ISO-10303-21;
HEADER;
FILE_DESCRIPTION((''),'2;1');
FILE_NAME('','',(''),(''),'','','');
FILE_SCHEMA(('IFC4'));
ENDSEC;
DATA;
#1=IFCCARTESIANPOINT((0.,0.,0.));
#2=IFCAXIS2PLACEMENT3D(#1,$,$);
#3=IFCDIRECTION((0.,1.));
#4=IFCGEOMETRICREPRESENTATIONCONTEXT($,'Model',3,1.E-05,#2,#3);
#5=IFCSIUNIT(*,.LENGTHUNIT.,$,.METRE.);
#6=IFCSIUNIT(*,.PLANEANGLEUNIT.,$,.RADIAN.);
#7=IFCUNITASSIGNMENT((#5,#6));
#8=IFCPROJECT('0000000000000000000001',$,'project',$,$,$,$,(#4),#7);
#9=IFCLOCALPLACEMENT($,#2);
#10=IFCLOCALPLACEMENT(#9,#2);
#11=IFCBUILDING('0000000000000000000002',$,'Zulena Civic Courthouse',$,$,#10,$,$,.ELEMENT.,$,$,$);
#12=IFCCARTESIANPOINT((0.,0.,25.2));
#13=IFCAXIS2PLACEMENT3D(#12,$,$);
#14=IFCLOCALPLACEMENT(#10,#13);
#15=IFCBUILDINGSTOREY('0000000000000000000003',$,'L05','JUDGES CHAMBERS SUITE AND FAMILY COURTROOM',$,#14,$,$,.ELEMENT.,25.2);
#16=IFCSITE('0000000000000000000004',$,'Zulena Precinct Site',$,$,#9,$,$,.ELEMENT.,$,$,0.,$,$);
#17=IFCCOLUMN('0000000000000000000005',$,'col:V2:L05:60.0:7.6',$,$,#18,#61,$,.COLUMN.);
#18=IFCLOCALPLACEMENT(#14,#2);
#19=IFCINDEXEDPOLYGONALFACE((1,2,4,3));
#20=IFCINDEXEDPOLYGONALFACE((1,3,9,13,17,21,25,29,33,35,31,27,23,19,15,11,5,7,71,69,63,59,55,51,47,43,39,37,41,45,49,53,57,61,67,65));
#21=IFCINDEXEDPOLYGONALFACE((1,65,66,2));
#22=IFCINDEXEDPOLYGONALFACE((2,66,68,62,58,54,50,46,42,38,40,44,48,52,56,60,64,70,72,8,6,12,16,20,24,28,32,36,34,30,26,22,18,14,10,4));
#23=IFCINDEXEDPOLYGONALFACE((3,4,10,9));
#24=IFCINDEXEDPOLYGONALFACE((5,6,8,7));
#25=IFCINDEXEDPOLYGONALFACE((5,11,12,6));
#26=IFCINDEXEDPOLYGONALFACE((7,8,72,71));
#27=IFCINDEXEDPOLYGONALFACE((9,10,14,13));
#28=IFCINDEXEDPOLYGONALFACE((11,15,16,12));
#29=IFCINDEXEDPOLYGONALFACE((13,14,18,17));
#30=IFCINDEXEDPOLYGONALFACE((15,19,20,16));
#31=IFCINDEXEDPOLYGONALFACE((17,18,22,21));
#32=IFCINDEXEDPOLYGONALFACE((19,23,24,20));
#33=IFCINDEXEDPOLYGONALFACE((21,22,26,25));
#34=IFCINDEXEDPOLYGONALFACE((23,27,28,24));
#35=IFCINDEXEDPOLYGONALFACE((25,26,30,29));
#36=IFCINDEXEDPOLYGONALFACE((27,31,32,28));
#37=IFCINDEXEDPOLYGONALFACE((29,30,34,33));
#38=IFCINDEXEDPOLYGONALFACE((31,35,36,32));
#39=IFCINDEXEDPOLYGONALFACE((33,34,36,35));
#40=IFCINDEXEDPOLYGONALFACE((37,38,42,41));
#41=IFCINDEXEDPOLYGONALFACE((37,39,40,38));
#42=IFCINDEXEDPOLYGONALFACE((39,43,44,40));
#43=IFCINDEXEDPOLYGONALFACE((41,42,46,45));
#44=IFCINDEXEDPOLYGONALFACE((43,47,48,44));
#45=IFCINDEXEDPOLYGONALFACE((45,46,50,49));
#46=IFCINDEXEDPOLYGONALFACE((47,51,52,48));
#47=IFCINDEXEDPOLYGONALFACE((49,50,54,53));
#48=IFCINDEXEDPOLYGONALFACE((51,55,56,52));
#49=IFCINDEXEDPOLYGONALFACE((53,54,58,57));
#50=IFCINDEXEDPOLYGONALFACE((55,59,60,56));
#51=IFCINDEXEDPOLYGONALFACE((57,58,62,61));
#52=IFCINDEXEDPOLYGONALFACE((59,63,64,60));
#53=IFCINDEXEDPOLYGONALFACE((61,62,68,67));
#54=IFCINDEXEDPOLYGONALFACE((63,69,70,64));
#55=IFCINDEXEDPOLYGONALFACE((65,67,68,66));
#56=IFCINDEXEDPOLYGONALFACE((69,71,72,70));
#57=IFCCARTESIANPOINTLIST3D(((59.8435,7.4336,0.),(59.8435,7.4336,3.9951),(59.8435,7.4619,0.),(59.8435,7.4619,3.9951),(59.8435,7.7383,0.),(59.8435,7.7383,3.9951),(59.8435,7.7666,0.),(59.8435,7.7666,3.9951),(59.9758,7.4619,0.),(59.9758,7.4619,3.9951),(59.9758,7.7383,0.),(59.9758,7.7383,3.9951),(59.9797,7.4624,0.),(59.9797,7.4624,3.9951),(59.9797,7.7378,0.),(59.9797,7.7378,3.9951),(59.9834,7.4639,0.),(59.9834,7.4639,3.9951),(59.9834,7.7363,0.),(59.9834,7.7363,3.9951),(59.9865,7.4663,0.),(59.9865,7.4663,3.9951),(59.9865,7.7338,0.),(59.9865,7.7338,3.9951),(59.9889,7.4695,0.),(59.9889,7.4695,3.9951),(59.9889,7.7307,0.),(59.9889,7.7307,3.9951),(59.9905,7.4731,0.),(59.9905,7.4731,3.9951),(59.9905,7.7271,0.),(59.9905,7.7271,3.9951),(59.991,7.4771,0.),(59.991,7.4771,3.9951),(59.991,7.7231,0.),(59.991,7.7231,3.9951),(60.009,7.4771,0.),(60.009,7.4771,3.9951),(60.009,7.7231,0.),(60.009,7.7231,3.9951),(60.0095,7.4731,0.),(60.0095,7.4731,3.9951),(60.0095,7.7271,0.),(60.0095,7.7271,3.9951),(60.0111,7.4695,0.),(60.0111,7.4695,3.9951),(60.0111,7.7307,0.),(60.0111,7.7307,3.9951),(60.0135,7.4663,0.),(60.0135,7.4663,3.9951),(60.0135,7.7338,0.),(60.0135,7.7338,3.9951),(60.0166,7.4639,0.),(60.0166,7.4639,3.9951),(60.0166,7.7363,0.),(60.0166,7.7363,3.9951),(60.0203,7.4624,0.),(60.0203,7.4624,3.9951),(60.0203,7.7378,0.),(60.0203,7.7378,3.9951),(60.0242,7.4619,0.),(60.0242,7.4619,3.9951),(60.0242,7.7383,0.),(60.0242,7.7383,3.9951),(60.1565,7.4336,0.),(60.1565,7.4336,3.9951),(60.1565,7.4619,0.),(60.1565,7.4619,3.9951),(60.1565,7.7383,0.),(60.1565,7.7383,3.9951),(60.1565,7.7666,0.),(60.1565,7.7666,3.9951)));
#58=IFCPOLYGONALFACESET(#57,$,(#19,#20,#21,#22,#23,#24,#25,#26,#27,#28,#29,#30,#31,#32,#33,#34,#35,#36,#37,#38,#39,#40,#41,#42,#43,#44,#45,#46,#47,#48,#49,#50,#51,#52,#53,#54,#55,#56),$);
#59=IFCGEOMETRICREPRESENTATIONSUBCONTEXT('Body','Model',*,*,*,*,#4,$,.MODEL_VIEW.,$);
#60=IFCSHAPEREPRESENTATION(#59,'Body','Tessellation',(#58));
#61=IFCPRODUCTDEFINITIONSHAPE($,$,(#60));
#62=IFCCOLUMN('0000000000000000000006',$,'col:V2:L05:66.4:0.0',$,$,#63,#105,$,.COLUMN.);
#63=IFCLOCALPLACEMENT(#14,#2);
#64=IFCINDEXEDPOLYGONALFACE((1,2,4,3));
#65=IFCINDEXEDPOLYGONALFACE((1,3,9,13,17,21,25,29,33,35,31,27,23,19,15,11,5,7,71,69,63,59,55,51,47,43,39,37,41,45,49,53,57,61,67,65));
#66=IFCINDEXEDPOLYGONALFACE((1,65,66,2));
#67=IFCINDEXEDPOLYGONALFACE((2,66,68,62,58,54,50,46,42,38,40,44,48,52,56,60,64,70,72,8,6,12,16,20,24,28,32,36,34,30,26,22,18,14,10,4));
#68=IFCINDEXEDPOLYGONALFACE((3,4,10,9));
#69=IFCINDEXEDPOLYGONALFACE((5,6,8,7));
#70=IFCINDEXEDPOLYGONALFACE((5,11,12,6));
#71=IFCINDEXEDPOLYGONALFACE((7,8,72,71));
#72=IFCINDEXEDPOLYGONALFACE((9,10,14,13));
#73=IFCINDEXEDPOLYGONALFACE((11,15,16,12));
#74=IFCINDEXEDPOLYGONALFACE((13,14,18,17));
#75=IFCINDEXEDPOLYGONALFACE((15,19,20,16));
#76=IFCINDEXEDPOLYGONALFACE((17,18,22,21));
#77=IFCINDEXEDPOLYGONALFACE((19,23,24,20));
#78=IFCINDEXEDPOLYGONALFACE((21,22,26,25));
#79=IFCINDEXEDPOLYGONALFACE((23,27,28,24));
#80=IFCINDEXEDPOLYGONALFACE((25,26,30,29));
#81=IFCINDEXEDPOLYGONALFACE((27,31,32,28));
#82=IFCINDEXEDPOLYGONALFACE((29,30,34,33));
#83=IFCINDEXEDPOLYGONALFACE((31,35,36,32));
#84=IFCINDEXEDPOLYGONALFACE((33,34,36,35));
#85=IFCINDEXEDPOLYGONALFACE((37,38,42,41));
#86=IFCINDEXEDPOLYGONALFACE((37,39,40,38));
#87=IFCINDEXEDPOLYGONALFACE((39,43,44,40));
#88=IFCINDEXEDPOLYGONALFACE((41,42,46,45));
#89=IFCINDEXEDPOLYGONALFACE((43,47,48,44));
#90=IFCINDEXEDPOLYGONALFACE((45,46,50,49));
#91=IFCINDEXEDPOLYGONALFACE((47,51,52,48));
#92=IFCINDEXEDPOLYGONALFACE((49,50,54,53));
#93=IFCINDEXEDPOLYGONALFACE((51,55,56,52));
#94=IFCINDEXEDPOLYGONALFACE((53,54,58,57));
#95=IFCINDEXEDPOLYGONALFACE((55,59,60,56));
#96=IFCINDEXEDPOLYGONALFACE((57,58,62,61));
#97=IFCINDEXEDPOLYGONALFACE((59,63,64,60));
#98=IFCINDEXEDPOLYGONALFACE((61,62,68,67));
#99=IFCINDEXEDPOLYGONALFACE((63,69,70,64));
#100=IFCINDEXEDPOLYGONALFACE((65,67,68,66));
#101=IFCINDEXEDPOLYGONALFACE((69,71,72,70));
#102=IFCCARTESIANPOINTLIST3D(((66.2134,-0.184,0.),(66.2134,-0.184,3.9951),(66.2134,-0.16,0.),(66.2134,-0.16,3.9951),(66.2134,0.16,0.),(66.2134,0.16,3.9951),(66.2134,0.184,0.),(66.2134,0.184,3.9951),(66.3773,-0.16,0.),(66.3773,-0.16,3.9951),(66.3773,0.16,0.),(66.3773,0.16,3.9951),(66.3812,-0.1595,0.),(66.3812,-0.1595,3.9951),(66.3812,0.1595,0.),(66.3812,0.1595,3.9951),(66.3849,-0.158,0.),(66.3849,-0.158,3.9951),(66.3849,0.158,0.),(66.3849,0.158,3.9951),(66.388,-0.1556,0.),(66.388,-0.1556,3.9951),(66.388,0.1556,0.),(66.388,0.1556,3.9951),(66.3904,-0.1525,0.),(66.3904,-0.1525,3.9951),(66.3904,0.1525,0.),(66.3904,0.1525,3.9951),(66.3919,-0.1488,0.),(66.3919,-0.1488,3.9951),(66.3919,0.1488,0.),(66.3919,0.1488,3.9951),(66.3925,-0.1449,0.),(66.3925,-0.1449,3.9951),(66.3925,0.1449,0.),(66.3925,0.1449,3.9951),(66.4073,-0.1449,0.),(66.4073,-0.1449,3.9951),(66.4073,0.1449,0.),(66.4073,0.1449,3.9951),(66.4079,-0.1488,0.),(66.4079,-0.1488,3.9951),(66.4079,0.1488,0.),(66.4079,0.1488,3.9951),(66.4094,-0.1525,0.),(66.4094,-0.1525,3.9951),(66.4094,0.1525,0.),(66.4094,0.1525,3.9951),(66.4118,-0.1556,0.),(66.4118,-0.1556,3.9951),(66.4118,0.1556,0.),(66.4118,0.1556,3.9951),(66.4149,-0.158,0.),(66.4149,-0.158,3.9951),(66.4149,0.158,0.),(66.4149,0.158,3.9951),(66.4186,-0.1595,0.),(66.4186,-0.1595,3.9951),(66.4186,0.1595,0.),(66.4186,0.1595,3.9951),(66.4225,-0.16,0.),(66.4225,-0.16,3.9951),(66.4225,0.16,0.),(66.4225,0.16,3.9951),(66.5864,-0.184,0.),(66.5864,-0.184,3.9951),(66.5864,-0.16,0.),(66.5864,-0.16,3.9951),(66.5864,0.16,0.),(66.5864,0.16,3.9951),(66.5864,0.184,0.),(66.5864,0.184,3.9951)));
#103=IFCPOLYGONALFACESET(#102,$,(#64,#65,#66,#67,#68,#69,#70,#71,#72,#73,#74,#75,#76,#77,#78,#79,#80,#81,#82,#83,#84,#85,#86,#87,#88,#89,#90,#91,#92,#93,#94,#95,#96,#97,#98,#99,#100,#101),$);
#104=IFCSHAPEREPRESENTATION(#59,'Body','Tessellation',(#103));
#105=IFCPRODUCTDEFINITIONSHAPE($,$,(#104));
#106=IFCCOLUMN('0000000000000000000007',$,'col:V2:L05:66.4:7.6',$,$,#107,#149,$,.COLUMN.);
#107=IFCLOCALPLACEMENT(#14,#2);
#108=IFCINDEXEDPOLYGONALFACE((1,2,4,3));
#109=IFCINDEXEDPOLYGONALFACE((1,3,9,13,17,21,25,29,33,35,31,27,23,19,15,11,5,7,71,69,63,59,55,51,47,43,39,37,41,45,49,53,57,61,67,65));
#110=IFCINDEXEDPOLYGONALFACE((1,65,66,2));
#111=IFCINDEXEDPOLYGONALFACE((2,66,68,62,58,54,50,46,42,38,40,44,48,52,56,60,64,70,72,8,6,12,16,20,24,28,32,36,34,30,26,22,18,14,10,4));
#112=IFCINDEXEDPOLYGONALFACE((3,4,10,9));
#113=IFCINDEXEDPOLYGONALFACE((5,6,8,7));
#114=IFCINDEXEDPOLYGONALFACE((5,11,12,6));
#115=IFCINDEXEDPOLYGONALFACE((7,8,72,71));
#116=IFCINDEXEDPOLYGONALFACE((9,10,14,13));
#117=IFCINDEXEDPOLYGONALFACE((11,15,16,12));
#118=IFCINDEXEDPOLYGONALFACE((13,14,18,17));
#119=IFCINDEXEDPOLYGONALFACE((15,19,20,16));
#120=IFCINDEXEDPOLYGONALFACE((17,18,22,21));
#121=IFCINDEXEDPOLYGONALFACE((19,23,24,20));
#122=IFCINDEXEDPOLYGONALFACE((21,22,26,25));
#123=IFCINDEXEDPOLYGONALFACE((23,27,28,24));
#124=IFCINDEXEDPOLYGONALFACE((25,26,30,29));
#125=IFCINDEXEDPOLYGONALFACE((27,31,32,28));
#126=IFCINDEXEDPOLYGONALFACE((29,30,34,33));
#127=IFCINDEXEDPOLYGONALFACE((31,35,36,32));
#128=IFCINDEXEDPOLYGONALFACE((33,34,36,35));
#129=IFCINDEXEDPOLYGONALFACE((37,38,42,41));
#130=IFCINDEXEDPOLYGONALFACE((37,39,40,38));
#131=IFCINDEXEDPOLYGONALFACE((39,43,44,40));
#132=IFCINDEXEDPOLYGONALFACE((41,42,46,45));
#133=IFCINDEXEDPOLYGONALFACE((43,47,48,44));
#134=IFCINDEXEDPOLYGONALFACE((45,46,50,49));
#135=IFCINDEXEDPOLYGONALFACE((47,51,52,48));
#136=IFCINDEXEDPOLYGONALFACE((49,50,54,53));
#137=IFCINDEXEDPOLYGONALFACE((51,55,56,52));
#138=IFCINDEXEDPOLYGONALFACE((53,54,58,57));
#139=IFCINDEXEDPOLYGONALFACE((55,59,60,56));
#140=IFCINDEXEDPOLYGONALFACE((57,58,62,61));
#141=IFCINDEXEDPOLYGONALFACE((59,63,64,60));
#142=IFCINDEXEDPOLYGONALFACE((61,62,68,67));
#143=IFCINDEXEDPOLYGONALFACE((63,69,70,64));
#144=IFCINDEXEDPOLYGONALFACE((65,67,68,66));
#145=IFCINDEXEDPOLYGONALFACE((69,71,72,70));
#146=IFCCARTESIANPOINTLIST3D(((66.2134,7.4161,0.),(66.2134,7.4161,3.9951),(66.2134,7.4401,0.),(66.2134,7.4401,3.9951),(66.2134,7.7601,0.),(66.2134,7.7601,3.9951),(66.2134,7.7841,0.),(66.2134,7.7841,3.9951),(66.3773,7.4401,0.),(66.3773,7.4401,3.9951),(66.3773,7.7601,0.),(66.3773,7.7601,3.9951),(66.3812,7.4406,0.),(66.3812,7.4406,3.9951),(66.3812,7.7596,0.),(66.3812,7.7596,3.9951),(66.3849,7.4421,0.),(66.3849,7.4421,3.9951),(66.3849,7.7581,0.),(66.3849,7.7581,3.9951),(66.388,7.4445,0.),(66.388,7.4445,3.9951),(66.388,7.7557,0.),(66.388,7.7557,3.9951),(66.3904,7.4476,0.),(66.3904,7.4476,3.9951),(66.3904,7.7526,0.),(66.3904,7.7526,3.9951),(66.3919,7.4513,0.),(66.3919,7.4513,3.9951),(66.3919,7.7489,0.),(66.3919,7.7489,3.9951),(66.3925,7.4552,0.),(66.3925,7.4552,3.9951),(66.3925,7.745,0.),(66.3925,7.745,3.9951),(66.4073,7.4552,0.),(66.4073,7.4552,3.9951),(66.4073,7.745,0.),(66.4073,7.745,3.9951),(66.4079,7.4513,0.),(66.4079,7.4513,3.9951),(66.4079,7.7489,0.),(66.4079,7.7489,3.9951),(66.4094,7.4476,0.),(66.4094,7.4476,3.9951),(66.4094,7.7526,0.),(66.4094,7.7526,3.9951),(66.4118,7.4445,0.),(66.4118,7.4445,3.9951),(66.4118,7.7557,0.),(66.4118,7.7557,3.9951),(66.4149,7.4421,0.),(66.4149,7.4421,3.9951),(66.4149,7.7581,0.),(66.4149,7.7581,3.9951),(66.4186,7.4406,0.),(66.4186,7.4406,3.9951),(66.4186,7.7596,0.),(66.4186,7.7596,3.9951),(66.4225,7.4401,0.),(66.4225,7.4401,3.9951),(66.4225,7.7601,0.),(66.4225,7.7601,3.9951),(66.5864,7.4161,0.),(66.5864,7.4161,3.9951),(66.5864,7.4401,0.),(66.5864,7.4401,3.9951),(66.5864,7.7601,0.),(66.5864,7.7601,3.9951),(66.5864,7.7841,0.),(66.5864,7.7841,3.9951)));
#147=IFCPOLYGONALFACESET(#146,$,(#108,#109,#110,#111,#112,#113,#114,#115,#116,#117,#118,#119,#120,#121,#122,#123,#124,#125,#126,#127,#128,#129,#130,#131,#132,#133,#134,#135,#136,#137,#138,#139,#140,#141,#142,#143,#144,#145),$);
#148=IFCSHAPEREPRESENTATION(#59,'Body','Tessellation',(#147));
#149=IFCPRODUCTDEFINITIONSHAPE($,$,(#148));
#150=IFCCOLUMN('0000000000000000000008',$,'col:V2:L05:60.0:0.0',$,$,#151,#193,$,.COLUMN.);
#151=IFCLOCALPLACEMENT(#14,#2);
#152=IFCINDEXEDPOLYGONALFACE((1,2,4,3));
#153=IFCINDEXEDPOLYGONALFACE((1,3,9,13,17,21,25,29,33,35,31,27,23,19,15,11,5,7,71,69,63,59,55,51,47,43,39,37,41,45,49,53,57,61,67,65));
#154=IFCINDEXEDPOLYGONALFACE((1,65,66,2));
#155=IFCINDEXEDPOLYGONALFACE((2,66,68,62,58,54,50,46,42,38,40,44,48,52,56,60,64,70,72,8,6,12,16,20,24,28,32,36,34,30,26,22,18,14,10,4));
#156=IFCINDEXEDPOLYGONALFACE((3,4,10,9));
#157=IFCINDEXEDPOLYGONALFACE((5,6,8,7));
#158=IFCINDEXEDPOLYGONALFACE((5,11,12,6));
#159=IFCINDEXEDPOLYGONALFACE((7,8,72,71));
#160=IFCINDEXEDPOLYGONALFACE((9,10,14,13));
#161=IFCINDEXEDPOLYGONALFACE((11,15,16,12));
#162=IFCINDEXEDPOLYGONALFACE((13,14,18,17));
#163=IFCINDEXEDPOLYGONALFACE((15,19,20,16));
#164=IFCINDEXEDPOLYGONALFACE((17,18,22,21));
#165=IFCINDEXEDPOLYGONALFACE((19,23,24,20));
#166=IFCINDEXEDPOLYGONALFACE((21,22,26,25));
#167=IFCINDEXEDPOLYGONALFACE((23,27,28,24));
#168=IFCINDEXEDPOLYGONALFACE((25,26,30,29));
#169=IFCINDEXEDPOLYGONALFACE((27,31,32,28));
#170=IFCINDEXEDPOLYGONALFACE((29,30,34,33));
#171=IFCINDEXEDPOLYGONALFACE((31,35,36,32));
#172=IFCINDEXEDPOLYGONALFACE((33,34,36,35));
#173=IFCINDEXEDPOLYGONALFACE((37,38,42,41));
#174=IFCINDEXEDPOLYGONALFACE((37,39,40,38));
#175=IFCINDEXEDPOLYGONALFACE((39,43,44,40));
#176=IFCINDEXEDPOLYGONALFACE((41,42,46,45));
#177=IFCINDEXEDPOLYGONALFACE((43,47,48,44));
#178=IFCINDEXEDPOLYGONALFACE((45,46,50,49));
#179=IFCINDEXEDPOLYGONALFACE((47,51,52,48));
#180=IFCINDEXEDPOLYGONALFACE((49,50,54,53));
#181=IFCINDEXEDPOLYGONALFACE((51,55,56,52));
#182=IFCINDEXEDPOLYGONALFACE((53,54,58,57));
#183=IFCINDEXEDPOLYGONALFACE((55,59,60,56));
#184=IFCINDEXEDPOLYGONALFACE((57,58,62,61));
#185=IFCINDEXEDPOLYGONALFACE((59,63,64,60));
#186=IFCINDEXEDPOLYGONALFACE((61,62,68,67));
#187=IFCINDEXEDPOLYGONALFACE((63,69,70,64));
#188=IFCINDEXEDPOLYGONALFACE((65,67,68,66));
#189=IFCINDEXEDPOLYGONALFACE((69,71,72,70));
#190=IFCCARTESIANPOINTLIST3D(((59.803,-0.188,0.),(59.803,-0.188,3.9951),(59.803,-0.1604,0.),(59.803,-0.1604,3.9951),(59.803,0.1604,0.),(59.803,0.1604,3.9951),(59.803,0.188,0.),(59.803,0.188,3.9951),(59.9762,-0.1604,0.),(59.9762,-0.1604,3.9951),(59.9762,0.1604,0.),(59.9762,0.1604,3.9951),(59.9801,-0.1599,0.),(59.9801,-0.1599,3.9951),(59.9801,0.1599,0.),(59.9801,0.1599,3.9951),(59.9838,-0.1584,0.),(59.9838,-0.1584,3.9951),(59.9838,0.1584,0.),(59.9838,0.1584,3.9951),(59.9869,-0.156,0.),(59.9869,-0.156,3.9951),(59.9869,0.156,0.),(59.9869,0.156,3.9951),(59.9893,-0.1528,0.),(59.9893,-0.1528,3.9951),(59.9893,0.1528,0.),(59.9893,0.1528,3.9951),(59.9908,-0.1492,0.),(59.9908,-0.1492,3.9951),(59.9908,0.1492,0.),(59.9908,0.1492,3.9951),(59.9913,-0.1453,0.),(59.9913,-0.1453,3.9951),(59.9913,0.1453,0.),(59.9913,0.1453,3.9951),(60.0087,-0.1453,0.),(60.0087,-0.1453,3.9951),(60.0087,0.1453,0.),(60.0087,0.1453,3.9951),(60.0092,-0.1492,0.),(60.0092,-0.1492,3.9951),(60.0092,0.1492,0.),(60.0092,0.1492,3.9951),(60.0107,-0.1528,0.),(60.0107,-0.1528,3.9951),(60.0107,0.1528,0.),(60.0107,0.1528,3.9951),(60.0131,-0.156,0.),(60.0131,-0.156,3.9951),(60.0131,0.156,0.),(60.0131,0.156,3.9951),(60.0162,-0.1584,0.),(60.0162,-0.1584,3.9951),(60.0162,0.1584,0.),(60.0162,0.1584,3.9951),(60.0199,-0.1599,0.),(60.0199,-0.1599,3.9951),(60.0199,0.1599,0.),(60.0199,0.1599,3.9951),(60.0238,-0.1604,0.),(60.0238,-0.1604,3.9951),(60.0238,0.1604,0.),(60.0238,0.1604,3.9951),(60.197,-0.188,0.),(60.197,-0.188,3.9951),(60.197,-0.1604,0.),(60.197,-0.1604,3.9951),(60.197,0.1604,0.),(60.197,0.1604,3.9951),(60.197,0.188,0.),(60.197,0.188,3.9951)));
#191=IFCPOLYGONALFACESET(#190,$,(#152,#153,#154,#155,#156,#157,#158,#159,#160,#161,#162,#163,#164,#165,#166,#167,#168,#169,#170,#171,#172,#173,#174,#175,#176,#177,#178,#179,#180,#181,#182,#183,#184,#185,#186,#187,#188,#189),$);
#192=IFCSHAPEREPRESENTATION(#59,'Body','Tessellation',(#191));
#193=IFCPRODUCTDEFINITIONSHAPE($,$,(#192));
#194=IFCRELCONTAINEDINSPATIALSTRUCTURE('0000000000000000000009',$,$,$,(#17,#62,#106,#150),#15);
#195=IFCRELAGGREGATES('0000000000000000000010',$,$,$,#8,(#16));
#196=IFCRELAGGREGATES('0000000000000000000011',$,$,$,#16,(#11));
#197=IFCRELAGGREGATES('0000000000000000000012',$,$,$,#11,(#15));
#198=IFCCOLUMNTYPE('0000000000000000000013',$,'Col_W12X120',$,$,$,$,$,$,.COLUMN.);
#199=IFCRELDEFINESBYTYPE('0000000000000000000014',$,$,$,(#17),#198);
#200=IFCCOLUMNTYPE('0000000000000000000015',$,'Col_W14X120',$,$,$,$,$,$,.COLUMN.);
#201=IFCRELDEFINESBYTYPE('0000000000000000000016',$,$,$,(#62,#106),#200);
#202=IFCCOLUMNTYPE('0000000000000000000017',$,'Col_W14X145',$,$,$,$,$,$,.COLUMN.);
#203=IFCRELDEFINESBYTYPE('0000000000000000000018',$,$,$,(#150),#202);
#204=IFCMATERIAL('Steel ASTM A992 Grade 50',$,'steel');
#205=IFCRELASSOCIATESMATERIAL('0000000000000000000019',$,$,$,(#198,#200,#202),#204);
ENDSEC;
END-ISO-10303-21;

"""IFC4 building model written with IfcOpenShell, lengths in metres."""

from ifc_helpers import new_model, si_unit, direction, frame, origin, origin_2d, place, context, subcontext, project, spatial, i_section, extrude, material, material_profile, profile_set, type_object, element, save


model = new_model("IFC4")

# Units and contexts
model_context = context("Model", 3, precision=1e-05, world=origin(), true_north=direction((0.0, 1.0)))
body_context = subcontext(model_context, "Body", "Model", "MODEL_VIEW")
ifc_project = project(units=[si_unit("LENGTHUNIT", "METRE"), si_unit("PLANEANGLEUNIT", "RADIAN")], contexts=[model_context])

# Site, building, storey
site_placement = place(None, origin())
site = spatial("IfcSite", under=ifc_project, at=site_placement, Name="Zulena Precinct Site", CompositionType="ELEMENT", RefElevation=0.0)
building_placement = place(site_placement, origin())
building = spatial("IfcBuilding", under=site, at=building_placement, Name="Zulena Civic Courthouse", CompositionType="ELEMENT")
storey_placement = place(building_placement, frame((0.0, 0.0, 25.2)))
storey = spatial("IfcBuildingStorey", under=building, at=storey_placement, Name="L05", Description="JUDGES CHAMBERS SUITE AND FAMILY COURTROOM", CompositionType="ELEMENT", Elevation=25.2)

# Columns
ifc_material_1 = material(Name="Steel ASTM A992 Grade 50", Category="steel")
ifc_material_profile_1 = material_profile(ifc_material_1, i_section(OverallWidth=0.313, OverallDepth=0.333, WebThickness=0.0181, FlangeThickness=0.0283, FilletRadius=0.0151, at=origin_2d()), Name="W12X120")
ifc_profile_set_1 = profile_set([ifc_material_profile_1], Name="Steel ASTM A992 Grade 50")
column_type_1 = type_object("IfcColumnType", Name="Col_W12X120", PredefinedType="COLUMN", material=ifc_profile_set_1)
column_1_placement = place(storey_placement, frame((60.0, 7.6001, 0.0), z_axis=(0.0, 0.0, 1.0), x_axis=(1.0, 0.0, 0.0)))
element("IfcColumn", 1, at=column_1_placement, inside=storey, type_object=column_type_1, Name="col:V2:L05:60.0:7.6", PredefinedType="COLUMN", context=body_context, shape_type="SweptSolid", body=[
    extrude(i_section(OverallWidth=0.313, OverallDepth=0.333, WebThickness=0.0181, FlangeThickness=0.0283, FilletRadius=0.0151, at=origin_2d()), origin(), (0.0, 0.0, 1.0), 3.9951),
])
ifc_material_profile_2 = material_profile(ifc_material_1, i_section(OverallWidth=0.373, OverallDepth=0.3679, WebThickness=0.0149, FlangeThickness=0.0239, FilletRadius=0.0151, at=origin_2d()), Name="W14X120")
ifc_profile_set_2 = profile_set([ifc_material_profile_2], Name="Steel ASTM A992 Grade 50")
column_type_2 = type_object("IfcColumnType", Name="Col_W14X120", PredefinedType="COLUMN", material=ifc_profile_set_2)
for number, where, z_axis, x_axis, name in (
    (2, (66.3999, 0.0, 0.0), (0.0, 0.0, 1.0), (1.0, 0.0, 0.0), "col:V2:L05:66.4:0.0"),
    (3, (66.3999, 7.6001, 0.0), (0.0, 0.0, 1.0), (1.0, 0.0, 0.0), "col:V2:L05:66.4:7.6"),
):
    element("IfcColumn", number, at=place(storey_placement, frame(where, z_axis=z_axis, x_axis=x_axis)), inside=storey, type_object=column_type_2, Name=name, PredefinedType="COLUMN", context=body_context, shape_type="SweptSolid", body=[
        extrude(i_section(OverallWidth=0.373, OverallDepth=0.3679, WebThickness=0.0149, FlangeThickness=0.0239, FilletRadius=0.0151, at=origin_2d()), origin(), (0.0, 0.0, 1.0), 3.9951),
    ])
ifc_material_profile_3 = material_profile(ifc_material_1, i_section(OverallWidth=0.394, OverallDepth=0.376, WebThickness=0.0173, FlangeThickness=0.0276, FilletRadius=0.0151, at=origin_2d()), Name="W14X145")
ifc_profile_set_3 = profile_set([ifc_material_profile_3], Name="Steel ASTM A992 Grade 50")
column_type_3 = type_object("IfcColumnType", Name="Col_W14X145", PredefinedType="COLUMN", material=ifc_profile_set_3)
column_2_placement = place(storey_placement, frame((60.0, 0.0, 0.0), z_axis=(0.0, 0.0, 1.0), x_axis=(1.0, 0.0, 0.0)))
element("IfcColumn", 4, at=column_2_placement, inside=storey, type_object=column_type_3, Name="col:V2:L05:60.0:0.0", PredefinedType="COLUMN", context=body_context, shape_type="SweptSolid", body=[
    extrude(i_section(OverallWidth=0.394, OverallDepth=0.376, WebThickness=0.0173, FlangeThickness=0.0276, FilletRadius=0.0151, at=origin_2d()), origin(), (0.0, 0.0, 1.0), 3.9951),
])

save(model, "model.ifc")
